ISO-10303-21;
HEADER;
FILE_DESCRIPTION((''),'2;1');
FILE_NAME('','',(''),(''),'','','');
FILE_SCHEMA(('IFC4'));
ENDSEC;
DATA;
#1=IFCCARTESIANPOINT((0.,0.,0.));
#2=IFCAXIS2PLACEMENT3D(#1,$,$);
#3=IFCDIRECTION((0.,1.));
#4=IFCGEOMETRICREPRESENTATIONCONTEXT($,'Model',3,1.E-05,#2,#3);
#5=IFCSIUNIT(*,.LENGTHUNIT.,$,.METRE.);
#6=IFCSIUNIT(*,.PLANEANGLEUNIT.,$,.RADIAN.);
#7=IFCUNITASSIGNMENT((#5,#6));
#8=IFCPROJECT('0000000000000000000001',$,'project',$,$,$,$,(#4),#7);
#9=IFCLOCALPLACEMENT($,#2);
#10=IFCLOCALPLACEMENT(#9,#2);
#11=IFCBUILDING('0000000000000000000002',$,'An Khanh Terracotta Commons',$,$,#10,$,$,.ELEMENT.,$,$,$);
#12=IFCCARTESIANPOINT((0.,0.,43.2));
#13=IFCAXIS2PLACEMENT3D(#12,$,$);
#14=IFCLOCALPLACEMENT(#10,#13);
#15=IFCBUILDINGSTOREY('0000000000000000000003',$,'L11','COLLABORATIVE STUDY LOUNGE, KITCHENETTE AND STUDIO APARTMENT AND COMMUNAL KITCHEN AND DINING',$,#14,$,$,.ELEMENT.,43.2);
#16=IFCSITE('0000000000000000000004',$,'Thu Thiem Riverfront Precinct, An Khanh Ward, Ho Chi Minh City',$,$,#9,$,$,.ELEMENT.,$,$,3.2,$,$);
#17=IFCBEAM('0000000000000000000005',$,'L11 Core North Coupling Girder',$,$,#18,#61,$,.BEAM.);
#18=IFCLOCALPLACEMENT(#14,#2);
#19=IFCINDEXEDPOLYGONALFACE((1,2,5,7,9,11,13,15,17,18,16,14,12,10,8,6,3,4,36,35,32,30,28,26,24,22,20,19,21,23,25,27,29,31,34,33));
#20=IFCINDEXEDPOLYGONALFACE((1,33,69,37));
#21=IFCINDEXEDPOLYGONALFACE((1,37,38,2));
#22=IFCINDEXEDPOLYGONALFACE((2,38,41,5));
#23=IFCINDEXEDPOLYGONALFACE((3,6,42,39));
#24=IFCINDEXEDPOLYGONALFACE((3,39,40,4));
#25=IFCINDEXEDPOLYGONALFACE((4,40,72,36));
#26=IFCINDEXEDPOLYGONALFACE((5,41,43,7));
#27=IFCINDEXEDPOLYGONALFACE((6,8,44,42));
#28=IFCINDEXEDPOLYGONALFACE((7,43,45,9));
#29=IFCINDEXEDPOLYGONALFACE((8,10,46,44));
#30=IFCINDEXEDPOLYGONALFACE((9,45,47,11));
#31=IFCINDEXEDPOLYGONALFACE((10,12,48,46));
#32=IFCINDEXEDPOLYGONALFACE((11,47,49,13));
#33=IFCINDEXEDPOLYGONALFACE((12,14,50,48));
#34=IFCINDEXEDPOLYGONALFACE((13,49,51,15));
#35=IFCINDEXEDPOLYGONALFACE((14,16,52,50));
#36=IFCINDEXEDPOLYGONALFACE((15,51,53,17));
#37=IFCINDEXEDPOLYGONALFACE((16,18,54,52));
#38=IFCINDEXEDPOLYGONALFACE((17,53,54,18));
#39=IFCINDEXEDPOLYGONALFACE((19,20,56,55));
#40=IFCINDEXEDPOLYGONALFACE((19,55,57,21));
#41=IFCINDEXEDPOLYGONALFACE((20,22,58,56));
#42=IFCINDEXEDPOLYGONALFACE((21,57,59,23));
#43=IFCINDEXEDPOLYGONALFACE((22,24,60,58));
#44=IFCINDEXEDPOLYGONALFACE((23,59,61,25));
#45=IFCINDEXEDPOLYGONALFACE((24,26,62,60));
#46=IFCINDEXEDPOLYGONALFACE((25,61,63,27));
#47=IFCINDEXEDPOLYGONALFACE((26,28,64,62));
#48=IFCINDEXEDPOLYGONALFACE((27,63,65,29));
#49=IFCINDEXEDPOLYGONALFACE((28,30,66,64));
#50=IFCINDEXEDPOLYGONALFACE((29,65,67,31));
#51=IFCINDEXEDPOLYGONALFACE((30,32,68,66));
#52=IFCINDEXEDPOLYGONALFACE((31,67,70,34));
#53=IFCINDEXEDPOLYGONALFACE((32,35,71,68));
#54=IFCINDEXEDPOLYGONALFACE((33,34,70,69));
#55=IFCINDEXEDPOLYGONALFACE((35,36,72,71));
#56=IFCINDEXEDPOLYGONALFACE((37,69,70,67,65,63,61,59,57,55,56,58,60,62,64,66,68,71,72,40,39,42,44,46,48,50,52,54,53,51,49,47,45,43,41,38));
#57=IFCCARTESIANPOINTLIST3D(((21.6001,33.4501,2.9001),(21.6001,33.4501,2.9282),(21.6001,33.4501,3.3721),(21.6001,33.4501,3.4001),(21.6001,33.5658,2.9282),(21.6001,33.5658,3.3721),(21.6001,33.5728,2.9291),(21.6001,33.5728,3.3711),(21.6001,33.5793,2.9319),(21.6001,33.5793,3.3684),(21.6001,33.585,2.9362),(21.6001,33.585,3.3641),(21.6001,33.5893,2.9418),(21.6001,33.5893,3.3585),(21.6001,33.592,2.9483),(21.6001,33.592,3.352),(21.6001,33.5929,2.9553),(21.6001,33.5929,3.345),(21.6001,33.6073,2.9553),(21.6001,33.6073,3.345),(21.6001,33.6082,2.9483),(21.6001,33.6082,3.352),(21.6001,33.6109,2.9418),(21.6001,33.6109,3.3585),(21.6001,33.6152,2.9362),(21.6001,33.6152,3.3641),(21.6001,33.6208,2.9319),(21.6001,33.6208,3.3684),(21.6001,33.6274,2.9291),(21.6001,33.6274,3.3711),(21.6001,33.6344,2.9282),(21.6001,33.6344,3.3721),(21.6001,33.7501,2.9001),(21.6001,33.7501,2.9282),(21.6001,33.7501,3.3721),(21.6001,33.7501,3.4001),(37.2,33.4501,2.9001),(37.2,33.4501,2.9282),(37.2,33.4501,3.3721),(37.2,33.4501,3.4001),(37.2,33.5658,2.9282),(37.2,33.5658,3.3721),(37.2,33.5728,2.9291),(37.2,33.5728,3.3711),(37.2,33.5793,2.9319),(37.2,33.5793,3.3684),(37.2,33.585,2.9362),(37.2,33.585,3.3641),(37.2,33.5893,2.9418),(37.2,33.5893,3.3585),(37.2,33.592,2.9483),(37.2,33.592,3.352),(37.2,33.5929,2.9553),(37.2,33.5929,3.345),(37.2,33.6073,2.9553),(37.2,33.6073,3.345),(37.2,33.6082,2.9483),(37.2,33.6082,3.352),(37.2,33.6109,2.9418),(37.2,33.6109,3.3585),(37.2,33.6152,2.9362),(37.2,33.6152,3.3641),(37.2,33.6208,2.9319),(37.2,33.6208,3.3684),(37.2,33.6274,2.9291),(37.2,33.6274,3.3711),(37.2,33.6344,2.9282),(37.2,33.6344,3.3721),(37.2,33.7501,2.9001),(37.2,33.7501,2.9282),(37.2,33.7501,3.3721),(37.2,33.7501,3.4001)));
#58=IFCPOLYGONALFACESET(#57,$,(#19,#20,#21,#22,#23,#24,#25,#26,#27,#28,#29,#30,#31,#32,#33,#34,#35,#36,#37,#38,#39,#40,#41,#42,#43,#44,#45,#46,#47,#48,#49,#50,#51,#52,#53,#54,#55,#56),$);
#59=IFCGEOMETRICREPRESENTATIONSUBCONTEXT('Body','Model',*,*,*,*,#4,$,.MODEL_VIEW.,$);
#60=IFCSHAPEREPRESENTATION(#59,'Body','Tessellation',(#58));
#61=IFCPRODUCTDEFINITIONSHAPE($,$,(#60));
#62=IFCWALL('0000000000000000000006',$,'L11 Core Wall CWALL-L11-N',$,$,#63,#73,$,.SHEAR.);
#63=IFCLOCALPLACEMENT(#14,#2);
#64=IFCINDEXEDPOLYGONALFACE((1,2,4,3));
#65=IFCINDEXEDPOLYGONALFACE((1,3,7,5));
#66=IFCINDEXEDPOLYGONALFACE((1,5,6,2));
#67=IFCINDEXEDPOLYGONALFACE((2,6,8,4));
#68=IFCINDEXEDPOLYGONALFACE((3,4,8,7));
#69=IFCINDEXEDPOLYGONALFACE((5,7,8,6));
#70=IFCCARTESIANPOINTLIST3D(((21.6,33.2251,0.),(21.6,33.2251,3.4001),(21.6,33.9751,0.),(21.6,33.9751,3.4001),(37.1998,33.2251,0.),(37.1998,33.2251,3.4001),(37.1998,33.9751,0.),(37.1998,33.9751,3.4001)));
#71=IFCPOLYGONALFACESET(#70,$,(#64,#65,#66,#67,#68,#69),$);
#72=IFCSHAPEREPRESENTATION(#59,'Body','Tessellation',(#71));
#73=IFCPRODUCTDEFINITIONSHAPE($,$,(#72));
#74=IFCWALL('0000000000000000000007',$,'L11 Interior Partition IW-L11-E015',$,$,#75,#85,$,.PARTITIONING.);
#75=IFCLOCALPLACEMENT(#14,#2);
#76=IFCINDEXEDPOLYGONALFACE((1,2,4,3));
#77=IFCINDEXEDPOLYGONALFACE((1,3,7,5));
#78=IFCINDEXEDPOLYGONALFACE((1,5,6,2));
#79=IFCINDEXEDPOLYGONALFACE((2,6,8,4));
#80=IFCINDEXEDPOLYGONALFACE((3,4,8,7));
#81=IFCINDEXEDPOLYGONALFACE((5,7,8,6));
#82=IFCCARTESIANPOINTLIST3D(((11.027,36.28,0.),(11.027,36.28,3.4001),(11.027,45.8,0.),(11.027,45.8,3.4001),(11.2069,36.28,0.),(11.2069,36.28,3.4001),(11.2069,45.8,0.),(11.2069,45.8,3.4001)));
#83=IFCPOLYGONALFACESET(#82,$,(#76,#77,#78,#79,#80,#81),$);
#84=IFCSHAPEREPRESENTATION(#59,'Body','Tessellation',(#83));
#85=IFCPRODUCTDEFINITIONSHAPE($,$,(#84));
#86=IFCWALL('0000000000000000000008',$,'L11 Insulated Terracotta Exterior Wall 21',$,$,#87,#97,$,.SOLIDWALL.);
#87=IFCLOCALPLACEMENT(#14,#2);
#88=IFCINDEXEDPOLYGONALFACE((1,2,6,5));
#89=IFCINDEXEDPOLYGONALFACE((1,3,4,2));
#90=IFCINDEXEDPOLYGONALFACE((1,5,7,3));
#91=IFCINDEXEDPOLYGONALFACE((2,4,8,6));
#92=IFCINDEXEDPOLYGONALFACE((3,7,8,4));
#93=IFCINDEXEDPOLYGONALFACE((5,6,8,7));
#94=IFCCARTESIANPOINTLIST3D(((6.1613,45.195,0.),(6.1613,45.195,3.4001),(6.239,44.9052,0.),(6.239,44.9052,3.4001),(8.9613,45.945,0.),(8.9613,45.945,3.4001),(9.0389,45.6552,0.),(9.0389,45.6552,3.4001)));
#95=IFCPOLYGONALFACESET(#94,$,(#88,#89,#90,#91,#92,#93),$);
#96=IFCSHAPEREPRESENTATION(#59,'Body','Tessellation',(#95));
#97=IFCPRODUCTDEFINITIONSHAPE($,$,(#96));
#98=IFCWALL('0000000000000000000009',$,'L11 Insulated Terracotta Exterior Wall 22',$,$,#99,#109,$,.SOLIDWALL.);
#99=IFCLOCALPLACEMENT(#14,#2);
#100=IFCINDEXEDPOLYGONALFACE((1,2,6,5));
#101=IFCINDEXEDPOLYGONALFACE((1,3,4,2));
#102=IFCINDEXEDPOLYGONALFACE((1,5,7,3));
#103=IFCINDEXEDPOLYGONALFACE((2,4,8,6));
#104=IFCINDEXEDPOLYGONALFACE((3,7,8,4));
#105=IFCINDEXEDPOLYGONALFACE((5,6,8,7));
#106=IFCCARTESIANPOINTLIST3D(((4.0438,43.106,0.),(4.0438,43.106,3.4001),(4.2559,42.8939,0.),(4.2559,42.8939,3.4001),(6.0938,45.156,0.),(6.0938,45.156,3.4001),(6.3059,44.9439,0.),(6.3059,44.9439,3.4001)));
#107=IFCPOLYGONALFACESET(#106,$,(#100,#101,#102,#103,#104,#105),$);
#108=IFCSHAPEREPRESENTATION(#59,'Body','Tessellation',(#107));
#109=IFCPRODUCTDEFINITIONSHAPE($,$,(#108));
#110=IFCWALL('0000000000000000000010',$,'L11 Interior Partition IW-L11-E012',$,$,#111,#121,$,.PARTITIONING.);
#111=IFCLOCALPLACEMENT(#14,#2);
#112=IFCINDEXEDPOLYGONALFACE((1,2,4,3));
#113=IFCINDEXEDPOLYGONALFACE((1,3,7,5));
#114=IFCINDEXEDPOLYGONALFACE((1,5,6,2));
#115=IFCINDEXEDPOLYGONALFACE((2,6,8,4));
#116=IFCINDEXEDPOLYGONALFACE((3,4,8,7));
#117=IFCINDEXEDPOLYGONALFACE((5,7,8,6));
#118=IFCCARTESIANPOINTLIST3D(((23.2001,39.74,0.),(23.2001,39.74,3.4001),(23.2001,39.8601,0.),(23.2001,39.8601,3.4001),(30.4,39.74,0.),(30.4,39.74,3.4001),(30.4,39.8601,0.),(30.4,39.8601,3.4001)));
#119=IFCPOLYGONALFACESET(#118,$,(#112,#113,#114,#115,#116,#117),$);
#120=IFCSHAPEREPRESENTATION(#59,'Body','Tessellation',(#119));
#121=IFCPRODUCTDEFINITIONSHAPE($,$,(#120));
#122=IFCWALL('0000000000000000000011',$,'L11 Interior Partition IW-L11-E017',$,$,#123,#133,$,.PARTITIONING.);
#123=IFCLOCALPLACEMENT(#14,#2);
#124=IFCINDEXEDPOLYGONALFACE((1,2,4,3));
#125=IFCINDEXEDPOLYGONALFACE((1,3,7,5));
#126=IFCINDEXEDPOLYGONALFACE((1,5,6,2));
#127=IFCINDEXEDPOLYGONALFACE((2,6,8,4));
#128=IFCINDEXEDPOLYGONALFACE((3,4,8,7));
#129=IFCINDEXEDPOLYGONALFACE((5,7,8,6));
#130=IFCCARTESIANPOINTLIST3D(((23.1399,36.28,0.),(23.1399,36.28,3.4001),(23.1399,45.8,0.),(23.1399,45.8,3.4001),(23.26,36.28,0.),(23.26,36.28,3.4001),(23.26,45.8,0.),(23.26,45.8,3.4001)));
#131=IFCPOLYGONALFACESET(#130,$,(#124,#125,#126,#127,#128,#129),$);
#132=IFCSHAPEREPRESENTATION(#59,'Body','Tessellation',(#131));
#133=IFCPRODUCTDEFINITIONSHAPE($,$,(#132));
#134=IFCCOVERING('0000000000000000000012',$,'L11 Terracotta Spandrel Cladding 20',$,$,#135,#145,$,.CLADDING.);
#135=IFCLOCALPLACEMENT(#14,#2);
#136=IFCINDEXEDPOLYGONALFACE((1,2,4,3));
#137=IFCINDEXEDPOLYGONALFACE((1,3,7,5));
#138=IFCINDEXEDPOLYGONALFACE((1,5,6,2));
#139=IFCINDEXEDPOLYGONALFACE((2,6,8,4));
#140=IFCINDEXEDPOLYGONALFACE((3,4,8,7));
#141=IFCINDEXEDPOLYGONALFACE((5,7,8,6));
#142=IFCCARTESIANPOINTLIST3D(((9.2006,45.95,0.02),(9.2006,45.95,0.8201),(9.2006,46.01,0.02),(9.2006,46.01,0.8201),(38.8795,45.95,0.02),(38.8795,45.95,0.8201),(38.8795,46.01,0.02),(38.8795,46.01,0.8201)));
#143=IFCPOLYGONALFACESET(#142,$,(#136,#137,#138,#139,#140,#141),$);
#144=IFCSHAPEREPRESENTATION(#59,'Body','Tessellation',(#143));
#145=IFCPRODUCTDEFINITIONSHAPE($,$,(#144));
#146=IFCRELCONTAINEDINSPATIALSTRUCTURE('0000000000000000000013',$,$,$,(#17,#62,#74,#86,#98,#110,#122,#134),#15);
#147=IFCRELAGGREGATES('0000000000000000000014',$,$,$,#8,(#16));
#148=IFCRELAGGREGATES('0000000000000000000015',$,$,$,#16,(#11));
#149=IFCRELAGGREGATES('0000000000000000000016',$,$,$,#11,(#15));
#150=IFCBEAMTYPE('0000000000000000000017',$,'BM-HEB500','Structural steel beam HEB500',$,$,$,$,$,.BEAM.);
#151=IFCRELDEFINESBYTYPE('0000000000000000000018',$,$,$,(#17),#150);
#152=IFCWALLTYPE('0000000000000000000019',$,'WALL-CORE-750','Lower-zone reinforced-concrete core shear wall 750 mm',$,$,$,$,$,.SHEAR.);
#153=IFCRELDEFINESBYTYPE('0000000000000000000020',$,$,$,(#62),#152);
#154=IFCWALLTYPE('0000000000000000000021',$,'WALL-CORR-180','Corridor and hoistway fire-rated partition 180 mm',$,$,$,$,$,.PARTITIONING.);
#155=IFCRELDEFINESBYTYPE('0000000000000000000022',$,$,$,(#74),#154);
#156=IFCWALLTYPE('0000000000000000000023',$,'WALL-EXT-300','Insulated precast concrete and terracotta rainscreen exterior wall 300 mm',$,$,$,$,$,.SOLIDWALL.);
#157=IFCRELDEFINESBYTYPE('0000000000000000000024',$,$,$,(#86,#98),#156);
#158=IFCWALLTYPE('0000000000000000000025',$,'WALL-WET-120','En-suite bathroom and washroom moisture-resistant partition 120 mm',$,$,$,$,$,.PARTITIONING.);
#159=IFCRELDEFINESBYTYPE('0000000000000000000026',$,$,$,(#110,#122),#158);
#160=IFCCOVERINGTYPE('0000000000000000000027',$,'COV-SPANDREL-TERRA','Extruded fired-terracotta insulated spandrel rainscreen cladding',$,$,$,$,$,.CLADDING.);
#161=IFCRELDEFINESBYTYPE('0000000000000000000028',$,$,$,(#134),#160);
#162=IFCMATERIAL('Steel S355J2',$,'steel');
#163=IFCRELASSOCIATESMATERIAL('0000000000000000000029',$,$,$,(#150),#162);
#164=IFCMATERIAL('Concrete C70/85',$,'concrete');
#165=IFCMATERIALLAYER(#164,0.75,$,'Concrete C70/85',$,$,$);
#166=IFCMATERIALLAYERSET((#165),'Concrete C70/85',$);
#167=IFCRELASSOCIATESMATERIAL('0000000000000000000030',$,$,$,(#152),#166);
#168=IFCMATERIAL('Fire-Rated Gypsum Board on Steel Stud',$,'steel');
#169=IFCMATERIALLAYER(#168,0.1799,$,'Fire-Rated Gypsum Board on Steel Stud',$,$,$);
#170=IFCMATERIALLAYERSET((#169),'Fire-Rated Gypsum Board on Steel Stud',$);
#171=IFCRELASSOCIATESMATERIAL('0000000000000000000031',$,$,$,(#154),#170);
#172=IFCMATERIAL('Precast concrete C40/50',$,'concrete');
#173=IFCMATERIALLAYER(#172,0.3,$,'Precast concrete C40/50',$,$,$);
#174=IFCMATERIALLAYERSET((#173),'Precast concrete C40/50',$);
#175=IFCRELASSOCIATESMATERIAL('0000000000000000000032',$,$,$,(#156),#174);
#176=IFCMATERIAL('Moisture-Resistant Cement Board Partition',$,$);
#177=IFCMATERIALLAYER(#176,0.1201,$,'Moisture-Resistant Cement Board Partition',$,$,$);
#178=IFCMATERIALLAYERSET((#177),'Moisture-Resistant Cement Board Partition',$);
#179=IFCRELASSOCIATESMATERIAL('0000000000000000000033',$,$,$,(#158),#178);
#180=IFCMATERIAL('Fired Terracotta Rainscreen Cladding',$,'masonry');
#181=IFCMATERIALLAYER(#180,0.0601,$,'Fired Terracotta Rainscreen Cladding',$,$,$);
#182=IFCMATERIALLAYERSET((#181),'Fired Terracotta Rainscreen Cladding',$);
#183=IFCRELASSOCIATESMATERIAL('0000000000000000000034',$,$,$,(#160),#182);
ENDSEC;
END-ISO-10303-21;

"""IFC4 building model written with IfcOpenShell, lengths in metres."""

from ifc_helpers import new_model, si_unit, direction, frame, frame_2d, origin, origin_2d, place, context, subcontext, project, spatial, rectangle, i_section, extrude, material, layer, layer_set, material_profile, profile_set, type_object, element, save


model = new_model("IFC4")

# Units and contexts
model_context = context("Model", 3, precision=1e-05, world=origin(), true_north=direction((0.0, 1.0)))
body_context = subcontext(model_context, "Body", "Model", "MODEL_VIEW")
ifc_project = project(units=[si_unit("LENGTHUNIT", "METRE"), si_unit("PLANEANGLEUNIT", "RADIAN")], contexts=[model_context])

# Site, building, storey
site_placement = place(None, origin())
site = spatial("IfcSite", under=ifc_project, at=site_placement, Name="Thu Thiem Riverfront Precinct, An Khanh Ward, Ho Chi Minh City", CompositionType="ELEMENT", RefElevation=3.2)
building_placement = place(site_placement, origin())
building = spatial("IfcBuilding", under=site, at=building_placement, Name="An Khanh Terracotta Commons", CompositionType="ELEMENT")
storey_placement = place(building_placement, frame((0.0, 0.0, 43.2)))
storey = spatial("IfcBuildingStorey", under=building, at=storey_placement, Name="L11", Description="COLLABORATIVE STUDY LOUNGE, KITCHENETTE AND STUDIO APARTMENT AND COMMUNAL KITCHEN AND DINING", CompositionType="ELEMENT", Elevation=43.2)

# Beam
ifc_material_1 = material(Name="Steel S355J2", Category="steel")
ifc_material_profile = material_profile(ifc_material_1, i_section(OverallWidth=0.3, OverallDepth=0.5, WebThickness=0.0144, FlangeThickness=0.0281, FilletRadius=0.0271, at=origin_2d()), Name="HEB500")
ifc_profile_set = profile_set([ifc_material_profile], Name="Steel S355J2")
beam_type = type_object("IfcBeamType", Name="BM-HEB500", Description="Structural steel beam HEB500", PredefinedType="BEAM", material=ifc_profile_set)
beam_placement = place(storey_placement, frame((21.6001, 33.6001, 3.1501), z_axis=(1.0, 0.0, 0.0), x_axis=(0.0, 1.0, 0.0)))
element("IfcBeam", 1, at=beam_placement, inside=storey, type_object=beam_type, Name="L11 Core North Coupling Girder", PredefinedType="BEAM", context=body_context, shape_type="SweptSolid", body=[
    extrude(i_section(OverallWidth=0.3, OverallDepth=0.5, WebThickness=0.0144, FlangeThickness=0.0281, FilletRadius=0.0271, at=origin_2d()), origin(), (0.0, 0.0, 1.0), 15.5999),
])

# Walls
ifc_material_2 = material(Name="Concrete C70/85", Category="concrete")
ifc_layer_1 = layer(ifc_material_2, 0.75, Name="Concrete C70/85")
ifc_layer_set_1 = layer_set([ifc_layer_1], Name="Concrete C70/85")
wall_type_1 = type_object("IfcWallType", Name="WALL-CORE-750", Description="Lower-zone reinforced-concrete core shear wall 750 mm", PredefinedType="SHEAR", material=ifc_layer_set_1)
wall_1_placement = place(storey_placement, frame((21.6001, 33.6001, 0.0), z_axis=(0.0, 0.0, 1.0), x_axis=(1.0, 0.0, 0.0)))
element("IfcWall", 2, at=wall_1_placement, inside=storey, type_object=wall_type_1, Name="L11 Core Wall CWALL-L11-N", PredefinedType="SHEAR", context=body_context, shape_type="SweptSolid", body=[
    extrude(rectangle(XDim=15.5999, YDim=0.75, at=frame_2d((7.7998, 0.0))), origin(), (0.0, 0.0, 1.0), 3.4001),
])
ifc_material_3 = material(Name="Fire-Rated Gypsum Board on Steel Stud", Category="steel")
ifc_layer_2 = layer(ifc_material_3, 0.1799, Name="Fire-Rated Gypsum Board on Steel Stud")
ifc_layer_set_2 = layer_set([ifc_layer_2], Name="Fire-Rated Gypsum Board on Steel Stud")
wall_type_2 = type_object("IfcWallType", Name="WALL-CORR-180", Description="Corridor and hoistway fire-rated partition 180 mm", PredefinedType="PARTITIONING", material=ifc_layer_set_2)
wall_2_placement = place(storey_placement, frame((11.1169, 36.28, 0.0), z_axis=(0.0, 0.0, 1.0), x_axis=(0.0, 1.0, 0.0)))
element("IfcWall", 3, at=wall_2_placement, inside=storey, type_object=wall_type_2, Name="L11 Interior Partition IW-L11-E015", PredefinedType="PARTITIONING", context=body_context, shape_type="SweptSolid", body=[
    extrude(rectangle(XDim=9.52, YDim=0.1799, at=frame_2d((4.76, 0.0))), origin(), (0.0, 0.0, 1.0), 3.4001),
])
ifc_material_4 = material(Name="Precast concrete C40/50", Category="concrete")
ifc_layer_3 = layer(ifc_material_4, 0.3, Name="Precast concrete C40/50")
ifc_layer_set_3 = layer_set([ifc_layer_3], Name="Precast concrete C40/50")
wall_type_3 = type_object("IfcWallType", Name="WALL-EXT-300", Description="Insulated precast concrete and terracotta rainscreen exterior wall 300 mm", PredefinedType="SOLIDWALL", material=ifc_layer_set_3)
wall_3_placement = place(storey_placement, frame((9.0, 45.8, 0.0), z_axis=(0.0, 0.0, 1.0), x_axis=(-0.965949, -0.258732, 0.0)))
element("IfcWall", 4, at=wall_3_placement, inside=storey, type_object=wall_type_3, Name="L11 Insulated Terracotta Exterior Wall 21", PredefinedType="SOLIDWALL", context=body_context, shape_type="SweptSolid", body=[
    extrude(rectangle(XDim=2.8987, YDim=0.3, at=frame_2d((1.4492, 0.0))), origin(), (0.0, 0.0, 1.0), 3.4001),
])
wall_4_placement = place(storey_placement, frame((6.2, 45.05, 0.0), z_axis=(0.0, 0.0, 1.0), x_axis=(-0.707107, -0.707107, 0.0)))
element("IfcWall", 5, at=wall_4_placement, inside=storey, type_object=wall_type_3, Name="L11 Insulated Terracotta Exterior Wall 22", PredefinedType="SOLIDWALL", context=body_context, shape_type="SweptSolid", body=[
    extrude(rectangle(XDim=2.8992, YDim=0.3, at=frame_2d((1.4497, 0.0))), origin(), (0.0, 0.0, 1.0), 3.4001),
])
ifc_material_5 = material(Name="Moisture-Resistant Cement Board Partition")
ifc_layer_4 = layer(ifc_material_5, 0.1201, Name="Moisture-Resistant Cement Board Partition")
ifc_layer_set_4 = layer_set([ifc_layer_4], Name="Moisture-Resistant Cement Board Partition")
wall_type_4 = type_object("IfcWallType", Name="WALL-WET-120", Description="En-suite bathroom and washroom moisture-resistant partition 120 mm", PredefinedType="PARTITIONING", material=ifc_layer_set_4)
wall_5_placement = place(storey_placement, frame((23.2, 39.8, 0.0), z_axis=(0.0, 0.0, 1.0), x_axis=(1.0, 0.0, 0.0)))
element("IfcWall", 6, at=wall_5_placement, inside=storey, type_object=wall_type_4, Name="L11 Interior Partition IW-L11-E012", PredefinedType="PARTITIONING", context=body_context, shape_type="SweptSolid", body=[
    extrude(rectangle(XDim=7.2, YDim=0.1201, at=frame_2d((3.6001, 0.0))), origin(), (0.0, 0.0, 1.0), 3.4001),
])
wall_6_placement = place(storey_placement, frame((23.2, 36.28, 0.0), z_axis=(0.0, 0.0, 1.0), x_axis=(0.0, 1.0, 0.0)))
element("IfcWall", 7, at=wall_6_placement, inside=storey, type_object=wall_type_4, Name="L11 Interior Partition IW-L11-E017", PredefinedType="PARTITIONING", context=body_context, shape_type="SweptSolid", body=[
    extrude(rectangle(XDim=9.52, YDim=0.1201, at=frame_2d((4.76, 0.0))), origin(), (0.0, 0.0, 1.0), 3.4001),
])

# Covering
ifc_material_6 = material(Name="Fired Terracotta Rainscreen Cladding", Category="masonry")
ifc_layer_5 = layer(ifc_material_6, 0.0601, Name="Fired Terracotta Rainscreen Cladding")
ifc_layer_set_5 = layer_set([ifc_layer_5], Name="Fired Terracotta Rainscreen Cladding")
covering_type = type_object("IfcCoveringType", Name="COV-SPANDREL-TERRA", Description="Extruded fired-terracotta insulated spandrel rainscreen cladding", PredefinedType="CLADDING", material=ifc_layer_set_5)
covering_placement = place(storey_placement, frame((24.04, 45.98, 0.02), z_axis=(0.0, 0.0, 1.0), x_axis=(-1.0, 0.0, 0.0)))
element("IfcCovering", 8, at=covering_placement, inside=storey, type_object=covering_type, Name="L11 Terracotta Spandrel Cladding 20", PredefinedType="CLADDING", context=body_context, shape_type="SweptSolid", body=[
    extrude(rectangle(XDim=29.679, YDim=0.0601, at=origin_2d()), origin(), (0.0, 0.0, 1.0), 0.8),
])

save(model, "model.ifc")
